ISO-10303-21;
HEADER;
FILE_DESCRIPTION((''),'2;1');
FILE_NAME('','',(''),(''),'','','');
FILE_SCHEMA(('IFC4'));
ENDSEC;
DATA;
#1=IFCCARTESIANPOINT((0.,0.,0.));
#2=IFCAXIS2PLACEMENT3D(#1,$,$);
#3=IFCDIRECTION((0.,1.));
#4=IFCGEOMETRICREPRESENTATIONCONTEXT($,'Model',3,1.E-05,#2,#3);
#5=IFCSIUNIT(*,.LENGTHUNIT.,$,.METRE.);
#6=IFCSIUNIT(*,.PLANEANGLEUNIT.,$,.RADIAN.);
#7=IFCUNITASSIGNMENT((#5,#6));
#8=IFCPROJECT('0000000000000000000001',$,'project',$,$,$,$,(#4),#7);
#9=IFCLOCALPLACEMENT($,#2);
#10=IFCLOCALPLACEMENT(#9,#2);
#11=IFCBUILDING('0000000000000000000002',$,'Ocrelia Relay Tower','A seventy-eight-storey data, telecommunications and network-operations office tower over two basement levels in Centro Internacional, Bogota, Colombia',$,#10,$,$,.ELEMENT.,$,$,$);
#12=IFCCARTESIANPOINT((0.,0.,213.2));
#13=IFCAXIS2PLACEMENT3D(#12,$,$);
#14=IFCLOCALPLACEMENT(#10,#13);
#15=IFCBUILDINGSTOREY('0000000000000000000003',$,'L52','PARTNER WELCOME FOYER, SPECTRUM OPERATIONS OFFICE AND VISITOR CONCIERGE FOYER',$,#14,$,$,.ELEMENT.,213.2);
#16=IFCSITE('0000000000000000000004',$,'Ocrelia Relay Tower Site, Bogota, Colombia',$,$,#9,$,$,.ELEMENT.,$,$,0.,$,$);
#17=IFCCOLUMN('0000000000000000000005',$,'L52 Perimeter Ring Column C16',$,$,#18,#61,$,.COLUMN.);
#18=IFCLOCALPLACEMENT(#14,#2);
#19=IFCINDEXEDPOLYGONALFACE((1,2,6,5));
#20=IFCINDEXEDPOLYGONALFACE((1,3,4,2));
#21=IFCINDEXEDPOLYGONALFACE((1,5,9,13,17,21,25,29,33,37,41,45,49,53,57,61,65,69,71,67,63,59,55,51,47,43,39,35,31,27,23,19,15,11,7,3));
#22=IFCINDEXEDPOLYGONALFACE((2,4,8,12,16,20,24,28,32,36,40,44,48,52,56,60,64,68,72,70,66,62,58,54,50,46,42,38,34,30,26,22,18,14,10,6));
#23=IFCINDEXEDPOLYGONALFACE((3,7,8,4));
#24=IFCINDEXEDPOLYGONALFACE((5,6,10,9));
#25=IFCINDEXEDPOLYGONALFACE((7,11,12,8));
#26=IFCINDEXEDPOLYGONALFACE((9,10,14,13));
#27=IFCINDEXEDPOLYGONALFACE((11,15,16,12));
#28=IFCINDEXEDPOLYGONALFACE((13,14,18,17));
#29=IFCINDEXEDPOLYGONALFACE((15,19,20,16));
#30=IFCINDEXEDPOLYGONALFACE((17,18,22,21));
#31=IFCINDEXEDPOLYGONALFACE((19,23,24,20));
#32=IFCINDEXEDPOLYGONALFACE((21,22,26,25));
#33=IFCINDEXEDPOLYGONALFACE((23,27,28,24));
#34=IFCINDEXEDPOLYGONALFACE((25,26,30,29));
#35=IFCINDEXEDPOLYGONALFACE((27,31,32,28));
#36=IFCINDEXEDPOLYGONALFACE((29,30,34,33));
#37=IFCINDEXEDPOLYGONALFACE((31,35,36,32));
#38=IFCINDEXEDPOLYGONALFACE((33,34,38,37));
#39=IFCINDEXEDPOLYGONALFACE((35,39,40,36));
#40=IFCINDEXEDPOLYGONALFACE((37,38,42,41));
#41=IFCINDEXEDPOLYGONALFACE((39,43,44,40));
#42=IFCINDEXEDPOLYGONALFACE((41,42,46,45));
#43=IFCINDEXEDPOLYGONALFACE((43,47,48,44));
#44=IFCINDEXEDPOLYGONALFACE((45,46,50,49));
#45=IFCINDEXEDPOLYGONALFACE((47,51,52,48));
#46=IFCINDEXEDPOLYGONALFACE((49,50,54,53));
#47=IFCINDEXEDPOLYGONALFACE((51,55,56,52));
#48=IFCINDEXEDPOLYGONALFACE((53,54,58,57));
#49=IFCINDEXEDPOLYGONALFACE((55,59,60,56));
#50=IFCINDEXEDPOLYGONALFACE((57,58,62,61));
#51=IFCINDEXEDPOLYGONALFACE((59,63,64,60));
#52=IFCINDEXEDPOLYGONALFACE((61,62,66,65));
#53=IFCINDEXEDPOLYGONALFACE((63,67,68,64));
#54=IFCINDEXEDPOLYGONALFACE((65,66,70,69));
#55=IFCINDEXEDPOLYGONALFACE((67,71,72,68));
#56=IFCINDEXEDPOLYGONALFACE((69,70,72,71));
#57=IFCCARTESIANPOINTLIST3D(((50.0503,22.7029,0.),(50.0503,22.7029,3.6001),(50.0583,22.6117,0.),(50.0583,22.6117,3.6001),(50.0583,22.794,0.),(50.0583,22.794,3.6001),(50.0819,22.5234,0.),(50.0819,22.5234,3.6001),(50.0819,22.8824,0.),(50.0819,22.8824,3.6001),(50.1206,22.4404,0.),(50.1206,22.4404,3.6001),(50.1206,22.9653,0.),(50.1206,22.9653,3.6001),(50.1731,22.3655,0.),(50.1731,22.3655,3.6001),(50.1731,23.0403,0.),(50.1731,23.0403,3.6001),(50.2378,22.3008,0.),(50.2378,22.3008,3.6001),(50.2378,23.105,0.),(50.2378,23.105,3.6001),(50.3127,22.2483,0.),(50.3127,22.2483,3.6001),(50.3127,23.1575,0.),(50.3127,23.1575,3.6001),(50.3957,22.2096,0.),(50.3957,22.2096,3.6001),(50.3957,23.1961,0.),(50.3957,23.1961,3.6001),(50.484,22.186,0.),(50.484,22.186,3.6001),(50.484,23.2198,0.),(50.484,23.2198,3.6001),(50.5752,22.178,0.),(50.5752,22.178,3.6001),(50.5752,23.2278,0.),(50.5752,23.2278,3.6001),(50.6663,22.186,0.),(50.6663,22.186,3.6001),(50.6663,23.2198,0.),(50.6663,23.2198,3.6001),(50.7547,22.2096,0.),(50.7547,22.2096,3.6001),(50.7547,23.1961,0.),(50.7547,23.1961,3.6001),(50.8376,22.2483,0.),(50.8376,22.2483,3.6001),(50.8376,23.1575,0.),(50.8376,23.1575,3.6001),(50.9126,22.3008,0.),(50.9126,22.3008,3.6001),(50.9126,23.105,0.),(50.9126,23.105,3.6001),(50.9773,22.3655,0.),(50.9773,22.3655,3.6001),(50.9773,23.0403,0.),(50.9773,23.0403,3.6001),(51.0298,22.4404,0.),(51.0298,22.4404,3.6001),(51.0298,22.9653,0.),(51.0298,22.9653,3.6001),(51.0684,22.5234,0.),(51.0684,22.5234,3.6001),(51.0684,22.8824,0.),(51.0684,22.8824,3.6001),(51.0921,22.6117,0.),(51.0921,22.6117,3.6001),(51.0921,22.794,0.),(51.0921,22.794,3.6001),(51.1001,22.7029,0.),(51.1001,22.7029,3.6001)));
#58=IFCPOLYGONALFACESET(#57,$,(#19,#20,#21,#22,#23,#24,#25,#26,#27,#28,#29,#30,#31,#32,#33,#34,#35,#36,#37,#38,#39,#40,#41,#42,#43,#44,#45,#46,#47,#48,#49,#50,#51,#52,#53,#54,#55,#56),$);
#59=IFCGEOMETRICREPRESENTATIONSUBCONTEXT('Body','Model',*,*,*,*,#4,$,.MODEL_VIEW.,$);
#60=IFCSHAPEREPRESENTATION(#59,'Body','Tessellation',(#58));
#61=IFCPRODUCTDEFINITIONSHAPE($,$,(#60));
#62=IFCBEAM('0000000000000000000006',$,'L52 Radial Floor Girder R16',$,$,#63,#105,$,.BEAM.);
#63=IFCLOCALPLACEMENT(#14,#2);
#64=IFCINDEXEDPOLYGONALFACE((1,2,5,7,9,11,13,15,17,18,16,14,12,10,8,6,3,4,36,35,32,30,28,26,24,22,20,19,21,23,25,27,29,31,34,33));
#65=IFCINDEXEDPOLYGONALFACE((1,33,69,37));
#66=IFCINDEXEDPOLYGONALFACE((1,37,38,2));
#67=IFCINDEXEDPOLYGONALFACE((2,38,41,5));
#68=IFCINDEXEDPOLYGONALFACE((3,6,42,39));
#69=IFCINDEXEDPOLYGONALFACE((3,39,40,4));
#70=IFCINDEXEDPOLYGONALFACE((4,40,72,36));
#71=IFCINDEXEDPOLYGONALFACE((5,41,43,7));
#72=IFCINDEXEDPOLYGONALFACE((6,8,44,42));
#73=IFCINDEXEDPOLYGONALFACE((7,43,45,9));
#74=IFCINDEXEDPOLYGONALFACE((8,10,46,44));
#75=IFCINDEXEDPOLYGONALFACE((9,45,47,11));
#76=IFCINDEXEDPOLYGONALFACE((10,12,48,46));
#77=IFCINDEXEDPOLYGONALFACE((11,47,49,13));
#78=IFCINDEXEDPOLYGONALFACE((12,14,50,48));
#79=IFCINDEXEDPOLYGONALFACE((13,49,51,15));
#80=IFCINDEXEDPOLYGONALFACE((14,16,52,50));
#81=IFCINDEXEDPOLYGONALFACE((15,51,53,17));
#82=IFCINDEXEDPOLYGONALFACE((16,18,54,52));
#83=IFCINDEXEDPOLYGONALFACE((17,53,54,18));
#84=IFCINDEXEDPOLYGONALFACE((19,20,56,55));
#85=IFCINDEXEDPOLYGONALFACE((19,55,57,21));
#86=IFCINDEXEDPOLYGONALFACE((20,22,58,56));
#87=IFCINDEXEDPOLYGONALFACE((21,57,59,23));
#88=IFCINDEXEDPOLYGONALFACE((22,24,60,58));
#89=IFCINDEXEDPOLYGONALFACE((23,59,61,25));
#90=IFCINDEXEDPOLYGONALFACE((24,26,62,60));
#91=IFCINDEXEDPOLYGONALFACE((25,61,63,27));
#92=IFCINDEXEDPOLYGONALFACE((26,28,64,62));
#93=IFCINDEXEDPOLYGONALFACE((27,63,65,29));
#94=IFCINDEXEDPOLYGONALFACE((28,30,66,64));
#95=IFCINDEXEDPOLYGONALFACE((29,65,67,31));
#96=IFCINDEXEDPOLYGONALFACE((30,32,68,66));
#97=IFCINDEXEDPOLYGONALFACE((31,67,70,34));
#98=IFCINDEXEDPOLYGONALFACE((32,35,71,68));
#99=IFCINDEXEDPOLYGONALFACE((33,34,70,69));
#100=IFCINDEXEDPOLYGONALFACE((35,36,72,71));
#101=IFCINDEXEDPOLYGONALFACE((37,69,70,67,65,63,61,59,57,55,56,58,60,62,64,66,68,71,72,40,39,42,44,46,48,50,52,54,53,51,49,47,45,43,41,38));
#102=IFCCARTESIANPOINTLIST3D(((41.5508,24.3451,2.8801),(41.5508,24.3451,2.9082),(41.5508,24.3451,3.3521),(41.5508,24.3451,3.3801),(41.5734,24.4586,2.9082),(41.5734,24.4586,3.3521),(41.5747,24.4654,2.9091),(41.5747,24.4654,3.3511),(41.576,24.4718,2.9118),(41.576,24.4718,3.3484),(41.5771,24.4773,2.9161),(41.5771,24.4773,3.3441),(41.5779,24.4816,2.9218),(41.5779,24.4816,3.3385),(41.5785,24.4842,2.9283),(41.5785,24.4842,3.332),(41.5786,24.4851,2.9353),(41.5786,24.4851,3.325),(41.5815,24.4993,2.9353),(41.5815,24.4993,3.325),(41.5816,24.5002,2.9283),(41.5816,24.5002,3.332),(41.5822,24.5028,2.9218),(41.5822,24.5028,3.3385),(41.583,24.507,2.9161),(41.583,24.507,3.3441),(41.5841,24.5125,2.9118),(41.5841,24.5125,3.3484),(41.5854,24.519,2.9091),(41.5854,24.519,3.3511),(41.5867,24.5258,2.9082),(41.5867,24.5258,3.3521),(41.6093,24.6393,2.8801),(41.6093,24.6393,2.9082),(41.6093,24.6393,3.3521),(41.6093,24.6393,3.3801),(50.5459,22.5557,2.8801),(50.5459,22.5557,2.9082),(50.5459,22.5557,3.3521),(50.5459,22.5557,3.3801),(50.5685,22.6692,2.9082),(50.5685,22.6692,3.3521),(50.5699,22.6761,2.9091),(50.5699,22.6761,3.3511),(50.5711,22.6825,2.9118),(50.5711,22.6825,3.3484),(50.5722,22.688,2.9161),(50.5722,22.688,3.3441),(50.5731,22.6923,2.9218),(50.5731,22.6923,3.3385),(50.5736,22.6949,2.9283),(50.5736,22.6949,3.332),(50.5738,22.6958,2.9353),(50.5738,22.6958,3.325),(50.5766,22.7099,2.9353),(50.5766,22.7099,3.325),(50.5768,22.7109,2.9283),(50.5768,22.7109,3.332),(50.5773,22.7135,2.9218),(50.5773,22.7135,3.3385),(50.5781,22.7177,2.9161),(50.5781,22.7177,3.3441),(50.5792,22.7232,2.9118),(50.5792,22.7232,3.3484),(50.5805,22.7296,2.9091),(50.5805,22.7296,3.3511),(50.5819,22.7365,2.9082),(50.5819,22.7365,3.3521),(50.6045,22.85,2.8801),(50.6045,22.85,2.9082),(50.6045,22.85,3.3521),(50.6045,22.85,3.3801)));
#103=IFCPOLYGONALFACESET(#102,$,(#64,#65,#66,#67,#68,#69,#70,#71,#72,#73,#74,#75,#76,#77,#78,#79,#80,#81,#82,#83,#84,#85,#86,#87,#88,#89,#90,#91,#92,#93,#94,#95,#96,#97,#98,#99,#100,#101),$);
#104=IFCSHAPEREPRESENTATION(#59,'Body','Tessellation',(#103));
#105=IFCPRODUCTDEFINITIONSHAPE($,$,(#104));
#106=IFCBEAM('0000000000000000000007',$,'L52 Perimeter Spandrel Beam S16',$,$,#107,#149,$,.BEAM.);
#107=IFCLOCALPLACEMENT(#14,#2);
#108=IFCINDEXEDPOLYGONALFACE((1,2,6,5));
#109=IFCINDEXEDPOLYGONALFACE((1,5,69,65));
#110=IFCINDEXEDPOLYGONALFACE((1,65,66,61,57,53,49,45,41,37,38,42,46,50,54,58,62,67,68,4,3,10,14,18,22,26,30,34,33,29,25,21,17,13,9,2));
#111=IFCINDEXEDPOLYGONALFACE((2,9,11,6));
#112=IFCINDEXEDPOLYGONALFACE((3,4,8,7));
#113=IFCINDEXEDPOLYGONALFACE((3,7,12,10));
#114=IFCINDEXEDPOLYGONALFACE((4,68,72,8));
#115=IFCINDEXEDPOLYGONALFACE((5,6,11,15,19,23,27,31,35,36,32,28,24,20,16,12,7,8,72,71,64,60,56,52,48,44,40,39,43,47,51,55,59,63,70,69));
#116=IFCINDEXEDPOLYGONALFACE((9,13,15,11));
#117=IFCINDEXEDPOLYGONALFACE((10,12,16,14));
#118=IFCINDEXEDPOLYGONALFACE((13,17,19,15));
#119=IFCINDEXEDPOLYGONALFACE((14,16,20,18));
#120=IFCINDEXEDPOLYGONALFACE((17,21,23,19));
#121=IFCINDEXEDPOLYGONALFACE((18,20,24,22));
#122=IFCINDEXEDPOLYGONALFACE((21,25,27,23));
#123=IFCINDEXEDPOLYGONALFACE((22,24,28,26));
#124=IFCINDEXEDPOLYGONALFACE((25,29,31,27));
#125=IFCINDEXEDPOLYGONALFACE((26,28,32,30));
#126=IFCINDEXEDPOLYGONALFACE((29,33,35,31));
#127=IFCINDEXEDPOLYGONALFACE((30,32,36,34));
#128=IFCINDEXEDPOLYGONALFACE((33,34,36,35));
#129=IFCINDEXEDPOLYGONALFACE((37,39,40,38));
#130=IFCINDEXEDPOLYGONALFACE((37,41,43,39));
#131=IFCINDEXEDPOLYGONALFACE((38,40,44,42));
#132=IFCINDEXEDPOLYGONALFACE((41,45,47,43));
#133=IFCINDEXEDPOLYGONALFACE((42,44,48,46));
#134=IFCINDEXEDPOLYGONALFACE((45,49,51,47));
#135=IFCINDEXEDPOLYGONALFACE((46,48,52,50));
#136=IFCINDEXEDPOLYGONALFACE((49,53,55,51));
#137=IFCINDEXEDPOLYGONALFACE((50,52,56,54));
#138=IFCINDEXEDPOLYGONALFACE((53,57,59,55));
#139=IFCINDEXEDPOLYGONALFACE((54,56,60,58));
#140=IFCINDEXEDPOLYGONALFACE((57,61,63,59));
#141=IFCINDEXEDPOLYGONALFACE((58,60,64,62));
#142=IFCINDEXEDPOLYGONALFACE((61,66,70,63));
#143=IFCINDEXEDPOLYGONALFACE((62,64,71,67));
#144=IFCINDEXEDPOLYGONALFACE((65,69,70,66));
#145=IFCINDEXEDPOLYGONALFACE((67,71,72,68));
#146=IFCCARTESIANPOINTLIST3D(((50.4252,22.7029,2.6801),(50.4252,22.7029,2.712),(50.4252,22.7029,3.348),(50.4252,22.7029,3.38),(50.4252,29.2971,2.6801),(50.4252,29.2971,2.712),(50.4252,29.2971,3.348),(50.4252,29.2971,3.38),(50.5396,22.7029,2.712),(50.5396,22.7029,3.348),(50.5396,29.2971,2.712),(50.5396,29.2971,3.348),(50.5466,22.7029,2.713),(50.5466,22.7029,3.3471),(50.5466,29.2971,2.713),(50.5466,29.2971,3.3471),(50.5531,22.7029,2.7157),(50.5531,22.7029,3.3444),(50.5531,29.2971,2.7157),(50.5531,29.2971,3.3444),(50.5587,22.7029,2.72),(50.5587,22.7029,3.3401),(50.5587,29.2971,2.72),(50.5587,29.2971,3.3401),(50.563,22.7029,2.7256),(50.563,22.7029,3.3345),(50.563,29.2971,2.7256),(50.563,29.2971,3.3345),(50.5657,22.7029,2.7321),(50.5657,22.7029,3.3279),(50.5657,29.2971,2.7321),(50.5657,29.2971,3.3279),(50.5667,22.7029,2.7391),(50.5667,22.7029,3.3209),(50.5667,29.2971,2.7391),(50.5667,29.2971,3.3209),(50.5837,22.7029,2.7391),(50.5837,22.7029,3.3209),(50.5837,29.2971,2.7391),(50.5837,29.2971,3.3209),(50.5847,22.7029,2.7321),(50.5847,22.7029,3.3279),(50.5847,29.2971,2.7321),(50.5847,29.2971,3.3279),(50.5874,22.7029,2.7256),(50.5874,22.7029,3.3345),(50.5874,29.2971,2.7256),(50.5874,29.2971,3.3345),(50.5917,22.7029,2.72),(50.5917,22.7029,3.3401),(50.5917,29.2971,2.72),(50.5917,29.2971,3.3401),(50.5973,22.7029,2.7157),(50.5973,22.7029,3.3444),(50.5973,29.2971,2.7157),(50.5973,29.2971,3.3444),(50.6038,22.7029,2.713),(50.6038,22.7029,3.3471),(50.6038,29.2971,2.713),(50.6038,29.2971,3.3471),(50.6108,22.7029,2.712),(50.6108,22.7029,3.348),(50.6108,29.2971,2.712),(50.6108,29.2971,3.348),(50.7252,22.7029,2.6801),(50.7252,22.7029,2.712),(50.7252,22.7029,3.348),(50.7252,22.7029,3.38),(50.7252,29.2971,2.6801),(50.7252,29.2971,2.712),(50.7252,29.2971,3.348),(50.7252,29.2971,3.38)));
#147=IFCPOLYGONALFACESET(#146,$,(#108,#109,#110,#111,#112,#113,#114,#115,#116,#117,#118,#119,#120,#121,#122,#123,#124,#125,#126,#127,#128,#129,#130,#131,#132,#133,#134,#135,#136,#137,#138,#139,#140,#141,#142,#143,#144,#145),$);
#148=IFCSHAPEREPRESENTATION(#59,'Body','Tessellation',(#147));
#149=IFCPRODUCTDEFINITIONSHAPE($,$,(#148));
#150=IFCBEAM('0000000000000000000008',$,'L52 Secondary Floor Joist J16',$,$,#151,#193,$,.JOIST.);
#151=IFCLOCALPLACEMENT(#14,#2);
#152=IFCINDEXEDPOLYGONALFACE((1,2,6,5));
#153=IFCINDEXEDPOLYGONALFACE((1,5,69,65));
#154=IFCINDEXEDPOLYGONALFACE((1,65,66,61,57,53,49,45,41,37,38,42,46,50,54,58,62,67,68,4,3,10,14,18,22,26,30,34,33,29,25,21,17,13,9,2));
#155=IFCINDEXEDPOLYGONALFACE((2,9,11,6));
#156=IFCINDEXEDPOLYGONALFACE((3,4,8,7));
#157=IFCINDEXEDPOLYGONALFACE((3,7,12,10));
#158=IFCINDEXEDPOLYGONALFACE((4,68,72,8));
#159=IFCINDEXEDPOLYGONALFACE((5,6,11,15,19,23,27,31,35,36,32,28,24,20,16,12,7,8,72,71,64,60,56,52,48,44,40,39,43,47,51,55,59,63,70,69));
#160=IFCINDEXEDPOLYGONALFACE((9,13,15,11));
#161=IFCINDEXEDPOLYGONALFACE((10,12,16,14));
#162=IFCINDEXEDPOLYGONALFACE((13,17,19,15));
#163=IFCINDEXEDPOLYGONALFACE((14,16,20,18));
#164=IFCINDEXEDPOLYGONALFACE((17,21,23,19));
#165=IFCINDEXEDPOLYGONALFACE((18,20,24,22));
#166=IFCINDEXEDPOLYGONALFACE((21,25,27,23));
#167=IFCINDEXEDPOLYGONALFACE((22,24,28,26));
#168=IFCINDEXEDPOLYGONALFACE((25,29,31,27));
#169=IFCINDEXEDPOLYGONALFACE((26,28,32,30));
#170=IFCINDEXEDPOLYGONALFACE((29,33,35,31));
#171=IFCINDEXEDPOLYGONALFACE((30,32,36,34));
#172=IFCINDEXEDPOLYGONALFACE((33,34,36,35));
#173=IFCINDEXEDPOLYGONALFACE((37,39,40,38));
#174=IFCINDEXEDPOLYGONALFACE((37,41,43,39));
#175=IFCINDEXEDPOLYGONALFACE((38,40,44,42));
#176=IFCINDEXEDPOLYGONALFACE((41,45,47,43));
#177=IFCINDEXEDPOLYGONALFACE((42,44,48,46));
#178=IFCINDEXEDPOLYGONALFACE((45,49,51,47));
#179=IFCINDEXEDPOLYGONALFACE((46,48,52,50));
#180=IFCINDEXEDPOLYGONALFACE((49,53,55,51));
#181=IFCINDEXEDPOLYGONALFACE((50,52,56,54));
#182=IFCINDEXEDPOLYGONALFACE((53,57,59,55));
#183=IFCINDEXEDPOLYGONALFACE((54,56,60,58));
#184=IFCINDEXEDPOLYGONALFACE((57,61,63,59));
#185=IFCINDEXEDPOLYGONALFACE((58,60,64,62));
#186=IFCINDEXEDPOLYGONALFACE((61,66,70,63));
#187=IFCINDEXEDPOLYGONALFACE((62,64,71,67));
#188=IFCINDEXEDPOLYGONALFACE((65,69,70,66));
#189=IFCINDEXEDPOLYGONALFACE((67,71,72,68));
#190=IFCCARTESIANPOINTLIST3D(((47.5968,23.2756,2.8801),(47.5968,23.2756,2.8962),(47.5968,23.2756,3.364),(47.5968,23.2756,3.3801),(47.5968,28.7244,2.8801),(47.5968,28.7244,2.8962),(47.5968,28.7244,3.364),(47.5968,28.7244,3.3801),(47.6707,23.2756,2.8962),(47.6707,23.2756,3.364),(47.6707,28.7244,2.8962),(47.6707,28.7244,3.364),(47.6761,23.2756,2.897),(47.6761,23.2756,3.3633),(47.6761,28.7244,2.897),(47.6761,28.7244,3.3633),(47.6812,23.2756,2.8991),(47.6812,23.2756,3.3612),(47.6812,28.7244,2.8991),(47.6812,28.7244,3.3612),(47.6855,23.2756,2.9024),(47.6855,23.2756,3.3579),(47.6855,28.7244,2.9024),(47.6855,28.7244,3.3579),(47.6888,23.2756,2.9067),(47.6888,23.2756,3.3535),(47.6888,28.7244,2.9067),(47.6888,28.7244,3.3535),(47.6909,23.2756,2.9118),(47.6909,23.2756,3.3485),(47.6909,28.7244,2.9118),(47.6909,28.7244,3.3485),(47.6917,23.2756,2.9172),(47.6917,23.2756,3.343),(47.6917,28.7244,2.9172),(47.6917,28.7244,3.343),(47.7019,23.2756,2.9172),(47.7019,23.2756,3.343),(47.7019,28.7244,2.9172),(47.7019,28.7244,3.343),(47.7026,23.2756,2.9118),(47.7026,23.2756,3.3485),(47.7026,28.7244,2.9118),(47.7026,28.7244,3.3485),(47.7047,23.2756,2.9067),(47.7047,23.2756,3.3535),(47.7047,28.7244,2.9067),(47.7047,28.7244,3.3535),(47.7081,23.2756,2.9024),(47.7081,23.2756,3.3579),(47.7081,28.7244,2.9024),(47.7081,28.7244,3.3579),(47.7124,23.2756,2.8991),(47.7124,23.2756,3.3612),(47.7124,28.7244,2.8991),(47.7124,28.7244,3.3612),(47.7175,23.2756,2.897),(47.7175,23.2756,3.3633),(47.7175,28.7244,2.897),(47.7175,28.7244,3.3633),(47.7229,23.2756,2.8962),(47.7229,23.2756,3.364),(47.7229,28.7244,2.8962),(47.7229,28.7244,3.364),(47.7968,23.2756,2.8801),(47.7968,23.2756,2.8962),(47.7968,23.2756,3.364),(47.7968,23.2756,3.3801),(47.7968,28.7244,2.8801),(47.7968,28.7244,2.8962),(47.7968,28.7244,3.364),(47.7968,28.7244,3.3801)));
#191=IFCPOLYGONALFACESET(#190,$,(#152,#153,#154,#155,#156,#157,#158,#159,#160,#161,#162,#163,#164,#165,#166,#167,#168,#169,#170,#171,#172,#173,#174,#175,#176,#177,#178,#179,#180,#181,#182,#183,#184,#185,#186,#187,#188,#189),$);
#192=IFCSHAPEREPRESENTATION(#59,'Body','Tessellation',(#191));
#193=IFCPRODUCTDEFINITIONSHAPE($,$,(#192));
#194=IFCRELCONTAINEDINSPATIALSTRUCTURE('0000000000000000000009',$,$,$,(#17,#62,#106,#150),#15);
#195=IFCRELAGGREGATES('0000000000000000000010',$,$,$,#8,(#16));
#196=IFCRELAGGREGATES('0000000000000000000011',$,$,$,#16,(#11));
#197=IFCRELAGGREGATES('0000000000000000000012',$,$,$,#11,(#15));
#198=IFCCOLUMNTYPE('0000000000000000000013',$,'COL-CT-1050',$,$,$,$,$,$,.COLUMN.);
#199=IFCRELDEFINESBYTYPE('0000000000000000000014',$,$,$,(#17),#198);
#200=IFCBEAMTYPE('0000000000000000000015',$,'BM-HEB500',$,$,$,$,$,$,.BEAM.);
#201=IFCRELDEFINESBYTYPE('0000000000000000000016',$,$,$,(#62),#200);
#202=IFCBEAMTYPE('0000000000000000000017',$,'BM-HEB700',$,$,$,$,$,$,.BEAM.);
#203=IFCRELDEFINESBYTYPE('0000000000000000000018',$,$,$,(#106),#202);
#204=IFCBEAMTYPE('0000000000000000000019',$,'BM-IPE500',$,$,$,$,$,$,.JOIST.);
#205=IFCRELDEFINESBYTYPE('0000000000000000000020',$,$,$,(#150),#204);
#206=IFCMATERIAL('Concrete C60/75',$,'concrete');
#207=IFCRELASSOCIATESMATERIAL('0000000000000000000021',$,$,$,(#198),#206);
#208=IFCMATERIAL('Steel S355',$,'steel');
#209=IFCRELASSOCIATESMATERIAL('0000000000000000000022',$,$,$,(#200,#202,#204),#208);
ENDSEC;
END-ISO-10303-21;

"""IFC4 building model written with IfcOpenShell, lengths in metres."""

from ifc_helpers import new_model, si_unit, direction, frame, origin, origin_2d, place, context, subcontext, project, spatial, circle, i_section, extrude, material, material_profile, profile_set, type_object, element, save


model = new_model("IFC4")

# Units and contexts
model_context = context("Model", 3, precision=1e-05, world=origin(), true_north=direction((0.0, 1.0)))
body_context = subcontext(model_context, "Body", "Model", "MODEL_VIEW")
ifc_project = project(units=[si_unit("LENGTHUNIT", "METRE"), si_unit("PLANEANGLEUNIT", "RADIAN")], contexts=[model_context])

# Site, building, storey
site_placement = place(None, origin())
site = spatial("IfcSite", under=ifc_project, at=site_placement, Name="Ocrelia Relay Tower Site, Bogota, Colombia", CompositionType="ELEMENT", RefElevation=0.0)
building_placement = place(site_placement, origin())
building = spatial("IfcBuilding", under=site, at=building_placement, Name="Ocrelia Relay Tower", Description="A seventy-eight-storey data, telecommunications and network-operations office tower over two basement levels in Centro Internacional, Bogota, Colombia", CompositionType="ELEMENT")
storey_placement = place(building_placement, frame((0.0, 0.0, 213.2)))
storey = spatial("IfcBuildingStorey", under=building, at=storey_placement, Name="L52", Description="PARTNER WELCOME FOYER, SPECTRUM OPERATIONS OFFICE AND VISITOR CONCIERGE FOYER", CompositionType="ELEMENT", Elevation=213.2)

# Column
ifc_material_1 = material(Name="Concrete C60/75", Category="concrete")
ifc_material_profile_1 = material_profile(ifc_material_1, circle(Radius=0.5249, at=origin_2d()), Name="RC-CIR-1050")
ifc_profile_set_1 = profile_set([ifc_material_profile_1], Name="Concrete C60/75")
column_type = type_object("IfcColumnType", Name="COL-CT-1050", PredefinedType="COLUMN", material=ifc_profile_set_1)
column_placement = place(storey_placement, frame((50.5752, 22.7029, 0.0), z_axis=(0.0, 0.0, 1.0), x_axis=(1.0, 0.0, 0.0)))
element("IfcColumn", 1, at=column_placement, inside=storey, type_object=column_type, Name="L52 Perimeter Ring Column C16", PredefinedType="COLUMN", context=body_context, shape_type="SweptSolid", body=[
    extrude(circle(Radius=0.5249, at=origin_2d()), origin(), (0.0, 0.0, 1.0), 3.6001),
])

# Beams
ifc_material_2 = material(Name="Steel S355", Category="steel")
ifc_material_profile_2 = material_profile(ifc_material_2, i_section(OverallWidth=0.3, OverallDepth=0.5, WebThickness=0.0144, FlangeThickness=0.0281, FilletRadius=0.0271, at=origin_2d()), Name="HEB 500")
ifc_profile_set_2 = profile_set([ifc_material_profile_2], Name="Steel S355")
beam_type_1 = type_object("IfcBeamType", Name="BM-HEB500", PredefinedType="BEAM", material=ifc_profile_set_2)
beam_1_placement = place(storey_placement, frame((50.5752, 22.7029, 3.1301), z_axis=(-0.980784, 0.195097, 0.0), x_axis=(-0.195097, -0.980784, 0.0)))
element("IfcBeam", 2, at=beam_1_placement, inside=storey, type_object=beam_type_1, Name="L52 Radial Floor Girder R16", PredefinedType="BEAM", context=body_context, shape_type="SweptSolid", body=[
    extrude(i_section(OverallWidth=0.3, OverallDepth=0.5, WebThickness=0.0144, FlangeThickness=0.0281, FilletRadius=0.0271, at=origin_2d()), origin(), (0.0, 0.0, 1.0), 9.1714),
])
ifc_material_profile_3 = material_profile(ifc_material_2, i_section(OverallWidth=0.3, OverallDepth=0.7, WebThickness=0.0171, FlangeThickness=0.032, FilletRadius=0.0271, at=origin_2d()), Name="HEB 700")
ifc_profile_set_3 = profile_set([ifc_material_profile_3], Name="Steel S355")
beam_type_2 = type_object("IfcBeamType", Name="BM-HEB700", PredefinedType="BEAM", material=ifc_profile_set_3)
beam_2_placement = place(storey_placement, frame((50.5752, 22.7029, 3.03), z_axis=(0.0, 1.0, 0.0), x_axis=(-1.0, 0.0, 0.0)))
element("IfcBeam", 3, at=beam_2_placement, inside=storey, type_object=beam_type_2, Name="L52 Perimeter Spandrel Beam S16", PredefinedType="BEAM", context=body_context, shape_type="SweptSolid", body=[
    extrude(i_section(OverallWidth=0.3, OverallDepth=0.7, WebThickness=0.0171, FlangeThickness=0.032, FilletRadius=0.0271, at=origin_2d()), origin(), (0.0, 0.0, 1.0), 6.5942),
])
ifc_material_profile_4 = material_profile(ifc_material_2, i_section(OverallWidth=0.2, OverallDepth=0.5, WebThickness=0.0103, FlangeThickness=0.0161, FilletRadius=0.021, at=origin_2d()), Name="IPE 500")
ifc_profile_set_4 = profile_set([ifc_material_profile_4], Name="Steel S355")
beam_type_3 = type_object("IfcBeamType", Name="BM-IPE500", PredefinedType="JOIST", material=ifc_profile_set_4)
beam_3_placement = place(storey_placement, frame((47.6968, 23.2756, 3.1301), z_axis=(0.0, 1.0, 0.0), x_axis=(-1.0, 0.0, 0.0)))
element("IfcBeam", 4, at=beam_3_placement, inside=storey, type_object=beam_type_3, Name="L52 Secondary Floor Joist J16", PredefinedType="JOIST", context=body_context, shape_type="SweptSolid", body=[
    extrude(i_section(OverallWidth=0.2, OverallDepth=0.5, WebThickness=0.0103, FlangeThickness=0.0161, FilletRadius=0.021, at=origin_2d()), origin(), (0.0, 0.0, 1.0), 5.4487),
])

save(model, "model.ifc")
